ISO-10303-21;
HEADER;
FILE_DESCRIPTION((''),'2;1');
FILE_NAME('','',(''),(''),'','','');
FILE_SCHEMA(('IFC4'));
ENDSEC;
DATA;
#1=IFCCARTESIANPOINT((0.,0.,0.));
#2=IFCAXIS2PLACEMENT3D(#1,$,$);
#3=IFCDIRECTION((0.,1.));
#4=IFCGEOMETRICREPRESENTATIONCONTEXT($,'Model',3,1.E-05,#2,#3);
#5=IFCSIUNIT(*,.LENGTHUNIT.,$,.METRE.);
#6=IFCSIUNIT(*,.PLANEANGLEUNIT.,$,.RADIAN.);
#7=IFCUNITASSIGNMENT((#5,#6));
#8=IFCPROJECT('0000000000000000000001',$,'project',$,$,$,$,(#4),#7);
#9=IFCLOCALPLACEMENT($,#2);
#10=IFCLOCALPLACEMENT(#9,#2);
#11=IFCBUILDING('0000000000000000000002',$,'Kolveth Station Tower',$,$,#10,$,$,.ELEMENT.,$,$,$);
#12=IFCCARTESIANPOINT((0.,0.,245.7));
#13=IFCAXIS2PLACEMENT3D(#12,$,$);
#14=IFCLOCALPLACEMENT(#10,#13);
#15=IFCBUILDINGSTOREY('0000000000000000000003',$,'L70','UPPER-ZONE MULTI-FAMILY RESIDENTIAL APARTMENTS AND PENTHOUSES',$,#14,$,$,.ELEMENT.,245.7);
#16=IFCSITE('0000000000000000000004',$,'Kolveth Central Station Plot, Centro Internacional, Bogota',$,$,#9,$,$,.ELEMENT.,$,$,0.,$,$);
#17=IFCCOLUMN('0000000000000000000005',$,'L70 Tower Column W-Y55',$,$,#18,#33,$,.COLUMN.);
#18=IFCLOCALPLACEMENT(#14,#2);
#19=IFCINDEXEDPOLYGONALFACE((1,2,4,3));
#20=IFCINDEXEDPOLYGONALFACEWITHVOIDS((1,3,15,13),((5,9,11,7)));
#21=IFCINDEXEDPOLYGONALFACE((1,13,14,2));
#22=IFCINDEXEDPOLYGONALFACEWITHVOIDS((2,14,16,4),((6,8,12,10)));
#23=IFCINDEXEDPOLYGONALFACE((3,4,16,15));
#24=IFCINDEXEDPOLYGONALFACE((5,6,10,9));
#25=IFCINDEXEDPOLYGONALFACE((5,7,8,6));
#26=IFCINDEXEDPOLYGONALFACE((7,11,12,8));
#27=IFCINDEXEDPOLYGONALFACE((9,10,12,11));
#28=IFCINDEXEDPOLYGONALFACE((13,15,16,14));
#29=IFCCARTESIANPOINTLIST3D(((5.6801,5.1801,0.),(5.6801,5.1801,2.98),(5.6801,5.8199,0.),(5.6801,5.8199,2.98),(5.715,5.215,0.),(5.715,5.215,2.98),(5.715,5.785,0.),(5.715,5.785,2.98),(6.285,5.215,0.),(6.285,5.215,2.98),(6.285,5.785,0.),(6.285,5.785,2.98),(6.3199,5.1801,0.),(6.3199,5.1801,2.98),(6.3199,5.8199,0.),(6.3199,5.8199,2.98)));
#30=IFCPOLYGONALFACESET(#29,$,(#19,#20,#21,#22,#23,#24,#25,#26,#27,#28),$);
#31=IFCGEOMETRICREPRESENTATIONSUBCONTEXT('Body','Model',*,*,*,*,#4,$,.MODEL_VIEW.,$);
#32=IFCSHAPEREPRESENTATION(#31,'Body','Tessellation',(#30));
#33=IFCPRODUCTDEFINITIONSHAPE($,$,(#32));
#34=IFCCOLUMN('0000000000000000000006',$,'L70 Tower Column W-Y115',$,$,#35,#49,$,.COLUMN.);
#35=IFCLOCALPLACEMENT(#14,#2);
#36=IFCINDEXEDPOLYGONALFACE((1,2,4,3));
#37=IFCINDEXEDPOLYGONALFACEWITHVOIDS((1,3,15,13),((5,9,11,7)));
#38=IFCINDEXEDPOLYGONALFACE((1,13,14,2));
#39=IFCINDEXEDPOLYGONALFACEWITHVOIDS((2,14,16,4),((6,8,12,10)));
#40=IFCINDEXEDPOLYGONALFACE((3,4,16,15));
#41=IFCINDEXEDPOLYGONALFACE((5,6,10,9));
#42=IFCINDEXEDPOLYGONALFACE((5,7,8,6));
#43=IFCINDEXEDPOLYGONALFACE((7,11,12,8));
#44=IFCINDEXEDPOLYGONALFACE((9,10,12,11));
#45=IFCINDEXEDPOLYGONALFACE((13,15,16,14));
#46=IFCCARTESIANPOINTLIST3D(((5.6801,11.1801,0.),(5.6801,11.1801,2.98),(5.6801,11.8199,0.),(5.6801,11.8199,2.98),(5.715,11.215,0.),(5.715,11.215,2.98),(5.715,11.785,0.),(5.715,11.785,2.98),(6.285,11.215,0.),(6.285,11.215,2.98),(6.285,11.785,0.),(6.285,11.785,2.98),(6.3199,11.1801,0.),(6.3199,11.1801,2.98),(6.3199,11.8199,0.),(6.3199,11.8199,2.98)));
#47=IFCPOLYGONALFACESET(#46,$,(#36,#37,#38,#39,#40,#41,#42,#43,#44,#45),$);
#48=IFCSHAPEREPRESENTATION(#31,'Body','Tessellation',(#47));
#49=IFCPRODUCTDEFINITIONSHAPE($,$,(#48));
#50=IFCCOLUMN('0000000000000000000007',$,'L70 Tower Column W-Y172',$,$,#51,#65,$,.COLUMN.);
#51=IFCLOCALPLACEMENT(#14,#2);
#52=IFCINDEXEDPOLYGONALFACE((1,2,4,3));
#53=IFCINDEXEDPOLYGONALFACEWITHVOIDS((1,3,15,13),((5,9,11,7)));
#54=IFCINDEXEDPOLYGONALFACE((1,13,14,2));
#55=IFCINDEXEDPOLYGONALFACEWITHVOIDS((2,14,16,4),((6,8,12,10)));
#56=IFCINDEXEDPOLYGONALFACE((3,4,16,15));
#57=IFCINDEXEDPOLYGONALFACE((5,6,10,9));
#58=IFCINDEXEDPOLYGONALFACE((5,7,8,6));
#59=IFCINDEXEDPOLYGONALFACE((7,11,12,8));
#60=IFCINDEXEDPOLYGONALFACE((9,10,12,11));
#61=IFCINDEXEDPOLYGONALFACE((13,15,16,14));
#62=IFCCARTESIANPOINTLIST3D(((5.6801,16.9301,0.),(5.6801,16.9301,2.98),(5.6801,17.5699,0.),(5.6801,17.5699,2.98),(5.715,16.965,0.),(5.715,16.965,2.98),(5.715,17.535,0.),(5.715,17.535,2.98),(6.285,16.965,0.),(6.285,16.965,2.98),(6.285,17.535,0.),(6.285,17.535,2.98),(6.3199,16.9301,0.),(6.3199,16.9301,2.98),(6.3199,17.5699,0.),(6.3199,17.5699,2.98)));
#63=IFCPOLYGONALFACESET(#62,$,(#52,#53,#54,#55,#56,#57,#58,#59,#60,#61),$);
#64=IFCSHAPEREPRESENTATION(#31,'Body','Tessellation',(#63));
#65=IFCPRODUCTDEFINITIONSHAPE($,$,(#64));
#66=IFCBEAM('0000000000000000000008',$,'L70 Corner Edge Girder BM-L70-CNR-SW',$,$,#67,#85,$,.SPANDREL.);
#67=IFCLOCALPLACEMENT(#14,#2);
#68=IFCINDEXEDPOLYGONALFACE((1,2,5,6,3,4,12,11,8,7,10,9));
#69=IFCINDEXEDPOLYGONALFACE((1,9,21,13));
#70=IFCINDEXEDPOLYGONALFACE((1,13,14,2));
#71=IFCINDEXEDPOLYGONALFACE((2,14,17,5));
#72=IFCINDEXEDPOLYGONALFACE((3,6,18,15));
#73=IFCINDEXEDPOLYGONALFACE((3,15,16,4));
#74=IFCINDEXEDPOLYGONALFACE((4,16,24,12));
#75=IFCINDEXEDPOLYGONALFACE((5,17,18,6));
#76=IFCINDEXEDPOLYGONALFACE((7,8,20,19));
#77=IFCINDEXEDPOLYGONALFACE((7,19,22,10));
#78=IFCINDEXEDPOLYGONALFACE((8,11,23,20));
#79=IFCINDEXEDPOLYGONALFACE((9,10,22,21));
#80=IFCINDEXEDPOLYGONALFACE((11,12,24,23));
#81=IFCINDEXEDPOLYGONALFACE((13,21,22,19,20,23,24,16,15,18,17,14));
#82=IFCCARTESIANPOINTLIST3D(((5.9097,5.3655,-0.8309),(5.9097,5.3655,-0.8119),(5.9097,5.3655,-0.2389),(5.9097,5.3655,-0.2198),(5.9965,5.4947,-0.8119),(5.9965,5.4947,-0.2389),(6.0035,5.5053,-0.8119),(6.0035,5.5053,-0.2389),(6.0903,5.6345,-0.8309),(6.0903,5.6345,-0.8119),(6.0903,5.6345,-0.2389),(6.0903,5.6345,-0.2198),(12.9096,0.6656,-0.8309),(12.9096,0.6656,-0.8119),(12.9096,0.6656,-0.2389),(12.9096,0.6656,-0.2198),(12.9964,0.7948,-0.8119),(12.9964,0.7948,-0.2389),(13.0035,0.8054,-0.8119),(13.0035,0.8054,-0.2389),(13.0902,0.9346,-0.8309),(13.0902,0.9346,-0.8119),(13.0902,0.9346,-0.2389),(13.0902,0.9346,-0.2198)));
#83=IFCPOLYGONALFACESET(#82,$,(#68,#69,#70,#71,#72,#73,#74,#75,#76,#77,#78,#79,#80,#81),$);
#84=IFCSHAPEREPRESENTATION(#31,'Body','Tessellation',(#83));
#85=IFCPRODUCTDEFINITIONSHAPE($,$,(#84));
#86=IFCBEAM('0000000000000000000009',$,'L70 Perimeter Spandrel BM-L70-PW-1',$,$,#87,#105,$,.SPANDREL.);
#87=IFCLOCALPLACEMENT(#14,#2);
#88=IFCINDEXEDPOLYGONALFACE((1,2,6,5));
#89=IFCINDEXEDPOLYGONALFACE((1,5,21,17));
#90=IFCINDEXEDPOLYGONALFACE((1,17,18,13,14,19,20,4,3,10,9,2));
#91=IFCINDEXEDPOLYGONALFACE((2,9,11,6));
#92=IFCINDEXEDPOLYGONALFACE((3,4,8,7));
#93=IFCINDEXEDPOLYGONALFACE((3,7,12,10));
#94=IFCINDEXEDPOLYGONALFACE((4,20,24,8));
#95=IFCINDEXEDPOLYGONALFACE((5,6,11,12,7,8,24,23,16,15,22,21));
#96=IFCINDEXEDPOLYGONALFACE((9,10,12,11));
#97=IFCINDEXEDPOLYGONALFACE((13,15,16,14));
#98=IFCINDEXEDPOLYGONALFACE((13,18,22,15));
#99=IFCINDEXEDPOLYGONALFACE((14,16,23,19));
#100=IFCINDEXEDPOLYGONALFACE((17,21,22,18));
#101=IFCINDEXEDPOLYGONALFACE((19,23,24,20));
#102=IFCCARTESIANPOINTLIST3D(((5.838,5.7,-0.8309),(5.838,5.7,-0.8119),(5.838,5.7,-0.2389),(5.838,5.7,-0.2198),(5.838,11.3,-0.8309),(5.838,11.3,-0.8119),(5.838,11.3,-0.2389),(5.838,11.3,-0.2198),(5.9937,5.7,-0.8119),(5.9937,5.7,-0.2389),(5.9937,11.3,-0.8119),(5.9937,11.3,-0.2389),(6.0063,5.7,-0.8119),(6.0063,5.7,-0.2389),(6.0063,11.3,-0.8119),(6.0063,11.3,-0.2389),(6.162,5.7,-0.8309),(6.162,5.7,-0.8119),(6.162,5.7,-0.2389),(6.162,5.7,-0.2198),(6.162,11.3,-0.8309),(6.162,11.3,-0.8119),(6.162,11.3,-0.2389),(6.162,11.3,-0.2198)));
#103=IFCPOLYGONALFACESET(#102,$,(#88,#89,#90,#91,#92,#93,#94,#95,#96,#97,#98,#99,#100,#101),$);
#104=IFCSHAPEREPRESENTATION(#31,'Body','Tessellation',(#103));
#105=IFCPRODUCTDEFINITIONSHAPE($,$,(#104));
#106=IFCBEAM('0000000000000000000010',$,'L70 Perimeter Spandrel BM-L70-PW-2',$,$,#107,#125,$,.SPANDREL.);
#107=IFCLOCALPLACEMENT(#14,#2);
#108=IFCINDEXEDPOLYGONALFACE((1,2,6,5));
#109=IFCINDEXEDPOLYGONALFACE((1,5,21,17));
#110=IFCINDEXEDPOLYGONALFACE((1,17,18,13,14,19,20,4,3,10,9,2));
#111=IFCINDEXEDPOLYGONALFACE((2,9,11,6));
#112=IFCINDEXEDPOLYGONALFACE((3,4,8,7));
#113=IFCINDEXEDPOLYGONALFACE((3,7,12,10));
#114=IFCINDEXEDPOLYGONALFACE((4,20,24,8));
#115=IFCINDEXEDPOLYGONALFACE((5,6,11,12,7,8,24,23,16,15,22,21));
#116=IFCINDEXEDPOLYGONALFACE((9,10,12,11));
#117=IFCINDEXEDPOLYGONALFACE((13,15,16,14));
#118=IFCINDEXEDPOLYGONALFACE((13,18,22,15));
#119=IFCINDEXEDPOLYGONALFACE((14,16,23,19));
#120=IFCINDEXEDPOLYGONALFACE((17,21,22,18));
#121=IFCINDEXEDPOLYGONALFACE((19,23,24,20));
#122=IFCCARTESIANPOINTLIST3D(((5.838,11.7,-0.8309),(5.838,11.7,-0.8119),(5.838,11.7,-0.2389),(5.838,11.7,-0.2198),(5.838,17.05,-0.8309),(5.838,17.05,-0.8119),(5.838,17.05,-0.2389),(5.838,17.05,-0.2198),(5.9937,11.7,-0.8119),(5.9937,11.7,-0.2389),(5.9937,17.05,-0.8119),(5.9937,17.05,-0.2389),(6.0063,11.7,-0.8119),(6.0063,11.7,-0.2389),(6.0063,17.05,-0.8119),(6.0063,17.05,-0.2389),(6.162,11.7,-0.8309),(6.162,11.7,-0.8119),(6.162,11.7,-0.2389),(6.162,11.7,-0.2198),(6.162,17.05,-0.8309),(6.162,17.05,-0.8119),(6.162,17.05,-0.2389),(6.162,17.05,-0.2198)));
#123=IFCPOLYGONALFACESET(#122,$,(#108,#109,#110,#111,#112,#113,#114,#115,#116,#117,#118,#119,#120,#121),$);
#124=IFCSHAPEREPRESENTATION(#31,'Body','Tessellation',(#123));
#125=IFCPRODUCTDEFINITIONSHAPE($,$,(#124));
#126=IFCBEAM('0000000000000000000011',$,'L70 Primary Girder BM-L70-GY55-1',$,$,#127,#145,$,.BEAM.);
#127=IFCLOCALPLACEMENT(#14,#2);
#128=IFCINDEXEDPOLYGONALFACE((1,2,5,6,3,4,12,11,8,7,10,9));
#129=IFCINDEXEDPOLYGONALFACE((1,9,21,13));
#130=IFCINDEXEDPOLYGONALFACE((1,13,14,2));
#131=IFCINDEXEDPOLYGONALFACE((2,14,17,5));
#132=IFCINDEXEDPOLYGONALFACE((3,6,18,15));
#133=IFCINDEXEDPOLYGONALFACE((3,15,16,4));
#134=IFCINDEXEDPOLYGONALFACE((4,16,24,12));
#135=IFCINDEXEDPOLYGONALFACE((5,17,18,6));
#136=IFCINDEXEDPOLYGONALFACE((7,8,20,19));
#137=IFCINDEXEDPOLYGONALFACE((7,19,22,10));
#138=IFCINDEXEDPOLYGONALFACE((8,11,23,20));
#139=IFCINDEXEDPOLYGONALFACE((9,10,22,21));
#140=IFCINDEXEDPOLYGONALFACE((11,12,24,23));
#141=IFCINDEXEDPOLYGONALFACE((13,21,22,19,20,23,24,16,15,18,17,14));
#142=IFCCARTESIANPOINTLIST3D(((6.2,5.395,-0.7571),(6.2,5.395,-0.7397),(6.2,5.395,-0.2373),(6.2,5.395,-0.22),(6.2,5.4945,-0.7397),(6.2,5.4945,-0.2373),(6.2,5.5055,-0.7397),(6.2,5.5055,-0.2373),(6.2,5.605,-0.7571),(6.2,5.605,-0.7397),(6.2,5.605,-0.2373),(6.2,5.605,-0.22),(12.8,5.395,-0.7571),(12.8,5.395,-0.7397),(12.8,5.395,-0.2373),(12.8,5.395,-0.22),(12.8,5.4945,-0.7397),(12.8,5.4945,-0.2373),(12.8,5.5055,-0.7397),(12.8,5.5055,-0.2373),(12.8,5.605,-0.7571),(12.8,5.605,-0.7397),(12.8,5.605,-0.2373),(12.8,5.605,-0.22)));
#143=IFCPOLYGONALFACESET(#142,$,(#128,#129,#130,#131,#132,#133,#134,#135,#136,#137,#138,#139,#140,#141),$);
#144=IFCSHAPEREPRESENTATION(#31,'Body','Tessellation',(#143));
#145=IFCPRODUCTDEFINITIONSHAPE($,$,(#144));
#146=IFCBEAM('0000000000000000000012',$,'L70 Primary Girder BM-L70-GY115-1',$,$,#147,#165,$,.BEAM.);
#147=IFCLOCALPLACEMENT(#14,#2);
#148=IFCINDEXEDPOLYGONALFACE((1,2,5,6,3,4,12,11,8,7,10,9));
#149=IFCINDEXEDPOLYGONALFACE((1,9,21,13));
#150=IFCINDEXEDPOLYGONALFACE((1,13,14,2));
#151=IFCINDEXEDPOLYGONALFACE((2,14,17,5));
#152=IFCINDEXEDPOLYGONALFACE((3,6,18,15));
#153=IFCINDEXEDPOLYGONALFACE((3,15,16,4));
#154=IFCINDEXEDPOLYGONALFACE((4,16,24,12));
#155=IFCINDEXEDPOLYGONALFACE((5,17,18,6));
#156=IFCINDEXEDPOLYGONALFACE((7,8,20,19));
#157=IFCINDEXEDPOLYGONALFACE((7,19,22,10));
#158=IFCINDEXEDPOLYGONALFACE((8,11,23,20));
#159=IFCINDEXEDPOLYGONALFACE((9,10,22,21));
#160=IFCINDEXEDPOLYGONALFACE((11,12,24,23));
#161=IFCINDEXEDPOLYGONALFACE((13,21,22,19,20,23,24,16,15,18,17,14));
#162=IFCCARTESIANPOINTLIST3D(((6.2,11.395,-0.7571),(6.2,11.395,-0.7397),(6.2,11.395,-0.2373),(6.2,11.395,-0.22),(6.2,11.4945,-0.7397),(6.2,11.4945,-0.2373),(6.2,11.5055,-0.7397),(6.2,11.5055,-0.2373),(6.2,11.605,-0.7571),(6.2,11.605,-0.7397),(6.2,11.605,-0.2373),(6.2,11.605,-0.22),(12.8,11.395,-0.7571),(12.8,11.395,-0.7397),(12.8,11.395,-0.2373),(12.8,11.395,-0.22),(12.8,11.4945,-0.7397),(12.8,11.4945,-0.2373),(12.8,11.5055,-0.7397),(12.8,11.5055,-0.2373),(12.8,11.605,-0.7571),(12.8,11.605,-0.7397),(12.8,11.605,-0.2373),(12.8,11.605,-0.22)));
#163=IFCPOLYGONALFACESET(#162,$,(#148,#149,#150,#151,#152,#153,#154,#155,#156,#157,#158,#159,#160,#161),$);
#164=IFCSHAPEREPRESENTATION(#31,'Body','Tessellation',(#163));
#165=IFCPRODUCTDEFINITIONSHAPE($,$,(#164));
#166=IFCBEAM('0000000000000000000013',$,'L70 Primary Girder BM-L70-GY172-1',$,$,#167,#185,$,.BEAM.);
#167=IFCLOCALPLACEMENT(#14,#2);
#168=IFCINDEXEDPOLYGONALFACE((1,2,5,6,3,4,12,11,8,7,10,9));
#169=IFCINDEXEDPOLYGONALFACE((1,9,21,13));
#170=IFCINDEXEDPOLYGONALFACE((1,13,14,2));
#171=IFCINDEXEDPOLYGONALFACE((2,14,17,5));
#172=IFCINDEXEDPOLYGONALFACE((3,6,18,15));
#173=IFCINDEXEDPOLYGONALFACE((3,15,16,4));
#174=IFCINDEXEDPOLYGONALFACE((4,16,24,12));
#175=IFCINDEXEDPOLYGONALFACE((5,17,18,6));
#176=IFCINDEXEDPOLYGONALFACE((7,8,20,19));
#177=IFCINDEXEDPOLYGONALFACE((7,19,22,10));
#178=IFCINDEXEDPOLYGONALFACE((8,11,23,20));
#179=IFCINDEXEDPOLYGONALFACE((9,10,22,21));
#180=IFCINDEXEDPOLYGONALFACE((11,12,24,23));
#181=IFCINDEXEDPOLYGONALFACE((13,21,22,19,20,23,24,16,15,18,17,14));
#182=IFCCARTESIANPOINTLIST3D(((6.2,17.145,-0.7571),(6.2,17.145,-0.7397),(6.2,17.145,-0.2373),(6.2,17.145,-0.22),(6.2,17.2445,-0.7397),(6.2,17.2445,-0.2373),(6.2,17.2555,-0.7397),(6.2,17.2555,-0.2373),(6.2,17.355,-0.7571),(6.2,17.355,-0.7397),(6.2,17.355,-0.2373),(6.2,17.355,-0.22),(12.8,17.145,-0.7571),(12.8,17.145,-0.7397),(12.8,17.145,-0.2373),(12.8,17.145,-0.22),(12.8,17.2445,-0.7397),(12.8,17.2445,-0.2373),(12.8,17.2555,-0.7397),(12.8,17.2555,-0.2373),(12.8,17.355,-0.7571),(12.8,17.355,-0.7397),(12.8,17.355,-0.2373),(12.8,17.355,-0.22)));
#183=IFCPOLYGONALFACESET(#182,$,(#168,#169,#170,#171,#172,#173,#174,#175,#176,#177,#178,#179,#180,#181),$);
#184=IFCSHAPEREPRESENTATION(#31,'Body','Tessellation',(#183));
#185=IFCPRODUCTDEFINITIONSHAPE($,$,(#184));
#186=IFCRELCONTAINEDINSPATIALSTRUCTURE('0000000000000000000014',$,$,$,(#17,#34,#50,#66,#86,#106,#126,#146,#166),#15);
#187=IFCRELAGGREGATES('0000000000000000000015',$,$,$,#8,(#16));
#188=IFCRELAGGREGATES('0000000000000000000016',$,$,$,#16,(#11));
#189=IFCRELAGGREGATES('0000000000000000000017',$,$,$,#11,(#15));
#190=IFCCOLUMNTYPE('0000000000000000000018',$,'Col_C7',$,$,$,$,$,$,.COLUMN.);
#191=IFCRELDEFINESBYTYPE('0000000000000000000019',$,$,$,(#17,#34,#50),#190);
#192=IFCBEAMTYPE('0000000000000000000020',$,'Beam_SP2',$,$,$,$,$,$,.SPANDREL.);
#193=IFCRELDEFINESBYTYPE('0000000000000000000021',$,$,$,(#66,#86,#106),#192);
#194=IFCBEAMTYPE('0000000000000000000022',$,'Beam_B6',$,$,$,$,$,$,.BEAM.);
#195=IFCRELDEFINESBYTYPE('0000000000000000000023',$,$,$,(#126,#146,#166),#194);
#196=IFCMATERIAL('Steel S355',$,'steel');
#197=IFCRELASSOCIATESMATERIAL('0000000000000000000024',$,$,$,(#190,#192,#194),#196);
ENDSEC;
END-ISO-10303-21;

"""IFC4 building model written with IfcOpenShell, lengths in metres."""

from ifc_helpers import new_model, si_unit, direction, frame, origin, origin_2d, place, context, subcontext, project, spatial, hollow_rectangle, i_section, extrude, source, transform, mapped, material, material_profile, profile_set, type_object, element, save


model = new_model("IFC4")

# Units and contexts
model_context = context("Model", 3, precision=1e-05, world=origin(), true_north=direction((0.0, 1.0)))
body_context = subcontext(model_context, "Body", "Model", "MODEL_VIEW")
ifc_project = project(units=[si_unit("LENGTHUNIT", "METRE"), si_unit("PLANEANGLEUNIT", "RADIAN")], contexts=[model_context])

# Site, building, storey
site_placement = place(None, origin())
site = spatial("IfcSite", under=ifc_project, at=site_placement, Name="Kolveth Central Station Plot, Centro Internacional, Bogota", CompositionType="ELEMENT", RefElevation=0.0)
building_placement = place(site_placement, origin())
building = spatial("IfcBuilding", under=site, at=building_placement, Name="Kolveth Station Tower", CompositionType="ELEMENT")
storey_placement = place(building_placement, frame((0.0, 0.0, 245.7)))
storey = spatial("IfcBuildingStorey", under=building, at=storey_placement, Name="L70", Description="UPPER-ZONE MULTI-FAMILY RESIDENTIAL APARTMENTS AND PENTHOUSES", CompositionType="ELEMENT", Elevation=245.7)

# Columns
ifc_material_1 = material(Name="Steel S355", Category="steel")
ifc_material_profile_1 = material_profile(ifc_material_1, hollow_rectangle(XDim=0.6399, YDim=0.6399, WallThickness=0.0349, at=origin_2d()), Name="BOX640x640x35")
ifc_profile_set_1 = profile_set([ifc_material_profile_1], Name="Steel S355")
column_type = type_object("IfcColumnType", Name="Col_C7", PredefinedType="COLUMN", material=ifc_profile_set_1)
shared_shape_1 = source(origin(), body_context, "Body", "SweptSolid", [
    extrude(hollow_rectangle(XDim=0.6399, YDim=0.6399, WallThickness=0.0349, at=origin_2d()), origin(), (0.0, 0.0, 1.0), 2.98),
])
for number, where, z_axis, x_axis, name in (
    (1, (6.0, 5.5, 0.0), (0.0, 0.0, 1.0), (1.0, 0.0, 0.0), "L70 Tower Column W-Y55"),
    (2, (6.0, 11.5, 0.0), (0.0, 0.0, 1.0), (1.0, 0.0, 0.0), "L70 Tower Column W-Y115"),
    (3, (6.0, 17.25, 0.0), (0.0, 0.0, 1.0), (1.0, 0.0, 0.0), "L70 Tower Column W-Y172"),
):
    element("IfcColumn", number, at=place(storey_placement, frame(where, z_axis=z_axis, x_axis=x_axis)), inside=storey, type_object=column_type, Name=name, PredefinedType="COLUMN", context=body_context, shape_type="MappedRepresentation", body=[
        mapped(shared_shape_1, transform((0.0, 0.0, 0.0), x_axis=(1.0, 0.0, 0.0), y_axis=(0.0, 1.0, 0.0), z_axis=(0.0, 0.0, 1.0), scale=1.0)),
    ])

# Beams
ifc_material_profile_2 = material_profile(ifc_material_1, i_section(OverallWidth=0.324, OverallDepth=0.6111, WebThickness=0.0127, FlangeThickness=0.019, at=origin_2d()), Name="W610x155")
ifc_profile_set_2 = profile_set([ifc_material_profile_2], Name="Steel S355")
beam_type_1 = type_object("IfcBeamType", Name="Beam_SP2", PredefinedType="SPANDREL", material=ifc_profile_set_2)
shared_shape_2 = source(origin(), body_context, "Body", "SweptSolid", [
    extrude(i_section(OverallWidth=0.324, OverallDepth=0.6111, WebThickness=0.0127, FlangeThickness=0.019, at=origin_2d()), origin(), (0.0, 0.0, 1.0), 8.4314),
])
beam_1_placement = place(storey_placement, frame((6.0, 5.5, -0.5254), z_axis=(0.830224, -0.55743, 0.0), x_axis=(0.55743, 0.830224, 0.0)))
element("IfcBeam", 4, at=beam_1_placement, inside=storey, type_object=beam_type_1, Name="L70 Corner Edge Girder BM-L70-CNR-SW", PredefinedType="SPANDREL", context=body_context, shape_type="MappedRepresentation", body=[
    mapped(shared_shape_2, transform((0.0, 0.0, 0.0), x_axis=(1.0, 0.0, 0.0), y_axis=(0.0, 1.0, 0.0), z_axis=(0.0, 0.0, 1.0), scale=1.0)),
])
shared_shape_3 = source(origin(), body_context, "Body", "SweptSolid", [
    extrude(i_section(OverallWidth=0.324, OverallDepth=0.6111, WebThickness=0.0127, FlangeThickness=0.019, at=origin_2d()), origin(), (0.0, 0.0, 1.0), 5.6001),
])
beam_2_placement = place(storey_placement, frame((6.0, 5.7, -0.5254), z_axis=(0.0, 1.0, 0.0), x_axis=(-1.0, 0.0, 0.0)))
element("IfcBeam", 5, at=beam_2_placement, inside=storey, type_object=beam_type_1, Name="L70 Perimeter Spandrel BM-L70-PW-1", PredefinedType="SPANDREL", context=body_context, shape_type="MappedRepresentation", body=[
    mapped(shared_shape_3, transform((0.0, 0.0, 0.0), x_axis=(1.0, 0.0, 0.0), y_axis=(0.0, 1.0, 0.0), z_axis=(0.0, 0.0, 1.0), scale=1.0)),
])
shared_shape_4 = source(origin(), body_context, "Body", "SweptSolid", [
    extrude(i_section(OverallWidth=0.324, OverallDepth=0.6111, WebThickness=0.0127, FlangeThickness=0.019, at=origin_2d()), origin(), (0.0, 0.0, 1.0), 5.3501),
])
beam_3_placement = place(storey_placement, frame((6.0, 11.7, -0.5254), z_axis=(0.0, 1.0, 0.0), x_axis=(-1.0, 0.0, 0.0)))
element("IfcBeam", 6, at=beam_3_placement, inside=storey, type_object=beam_type_1, Name="L70 Perimeter Spandrel BM-L70-PW-2", PredefinedType="SPANDREL", context=body_context, shape_type="MappedRepresentation", body=[
    mapped(shared_shape_4, transform((0.0, 0.0, 0.0), x_axis=(1.0, 0.0, 0.0), y_axis=(0.0, 1.0, 0.0), z_axis=(0.0, 0.0, 1.0), scale=1.0)),
])
ifc_material_profile_3 = material_profile(ifc_material_1, i_section(OverallWidth=0.21, OverallDepth=0.5371, WebThickness=0.011, FlangeThickness=0.0173, at=origin_2d()), Name="W530x101")
ifc_profile_set_3 = profile_set([ifc_material_profile_3], Name="Steel S355")
beam_type_2 = type_object("IfcBeamType", Name="Beam_B6", PredefinedType="BEAM", material=ifc_profile_set_3)
shared_shape_5 = source(origin(), body_context, "Body", "SweptSolid", [
    extrude(i_section(OverallWidth=0.21, OverallDepth=0.5371, WebThickness=0.011, FlangeThickness=0.0173, at=origin_2d()), origin(), (0.0, 0.0, 1.0), 6.6001),
])
for number, where, z_axis, x_axis, name in (
    (7, (6.2, 5.5, -0.4885), (1.0, 0.0, 0.0), (0.0, 1.0, 0.0), "L70 Primary Girder BM-L70-GY55-1"),
    (8, (6.2, 11.5, -0.4885), (1.0, 0.0, 0.0), (0.0, 1.0, 0.0), "L70 Primary Girder BM-L70-GY115-1"),
    (9, (6.2, 17.25, -0.4885), (1.0, 0.0, 0.0), (0.0, 1.0, 0.0), "L70 Primary Girder BM-L70-GY172-1"),
):
    element("IfcBeam", number, at=place(storey_placement, frame(where, z_axis=z_axis, x_axis=x_axis)), inside=storey, type_object=beam_type_2, Name=name, PredefinedType="BEAM", context=body_context, shape_type="MappedRepresentation", body=[
        mapped(shared_shape_5, transform((0.0, 0.0, 0.0), x_axis=(1.0, 0.0, 0.0), y_axis=(0.0, 1.0, 0.0), z_axis=(0.0, 0.0, 1.0), scale=1.0)),
    ])

save(model, "model.ifc")
